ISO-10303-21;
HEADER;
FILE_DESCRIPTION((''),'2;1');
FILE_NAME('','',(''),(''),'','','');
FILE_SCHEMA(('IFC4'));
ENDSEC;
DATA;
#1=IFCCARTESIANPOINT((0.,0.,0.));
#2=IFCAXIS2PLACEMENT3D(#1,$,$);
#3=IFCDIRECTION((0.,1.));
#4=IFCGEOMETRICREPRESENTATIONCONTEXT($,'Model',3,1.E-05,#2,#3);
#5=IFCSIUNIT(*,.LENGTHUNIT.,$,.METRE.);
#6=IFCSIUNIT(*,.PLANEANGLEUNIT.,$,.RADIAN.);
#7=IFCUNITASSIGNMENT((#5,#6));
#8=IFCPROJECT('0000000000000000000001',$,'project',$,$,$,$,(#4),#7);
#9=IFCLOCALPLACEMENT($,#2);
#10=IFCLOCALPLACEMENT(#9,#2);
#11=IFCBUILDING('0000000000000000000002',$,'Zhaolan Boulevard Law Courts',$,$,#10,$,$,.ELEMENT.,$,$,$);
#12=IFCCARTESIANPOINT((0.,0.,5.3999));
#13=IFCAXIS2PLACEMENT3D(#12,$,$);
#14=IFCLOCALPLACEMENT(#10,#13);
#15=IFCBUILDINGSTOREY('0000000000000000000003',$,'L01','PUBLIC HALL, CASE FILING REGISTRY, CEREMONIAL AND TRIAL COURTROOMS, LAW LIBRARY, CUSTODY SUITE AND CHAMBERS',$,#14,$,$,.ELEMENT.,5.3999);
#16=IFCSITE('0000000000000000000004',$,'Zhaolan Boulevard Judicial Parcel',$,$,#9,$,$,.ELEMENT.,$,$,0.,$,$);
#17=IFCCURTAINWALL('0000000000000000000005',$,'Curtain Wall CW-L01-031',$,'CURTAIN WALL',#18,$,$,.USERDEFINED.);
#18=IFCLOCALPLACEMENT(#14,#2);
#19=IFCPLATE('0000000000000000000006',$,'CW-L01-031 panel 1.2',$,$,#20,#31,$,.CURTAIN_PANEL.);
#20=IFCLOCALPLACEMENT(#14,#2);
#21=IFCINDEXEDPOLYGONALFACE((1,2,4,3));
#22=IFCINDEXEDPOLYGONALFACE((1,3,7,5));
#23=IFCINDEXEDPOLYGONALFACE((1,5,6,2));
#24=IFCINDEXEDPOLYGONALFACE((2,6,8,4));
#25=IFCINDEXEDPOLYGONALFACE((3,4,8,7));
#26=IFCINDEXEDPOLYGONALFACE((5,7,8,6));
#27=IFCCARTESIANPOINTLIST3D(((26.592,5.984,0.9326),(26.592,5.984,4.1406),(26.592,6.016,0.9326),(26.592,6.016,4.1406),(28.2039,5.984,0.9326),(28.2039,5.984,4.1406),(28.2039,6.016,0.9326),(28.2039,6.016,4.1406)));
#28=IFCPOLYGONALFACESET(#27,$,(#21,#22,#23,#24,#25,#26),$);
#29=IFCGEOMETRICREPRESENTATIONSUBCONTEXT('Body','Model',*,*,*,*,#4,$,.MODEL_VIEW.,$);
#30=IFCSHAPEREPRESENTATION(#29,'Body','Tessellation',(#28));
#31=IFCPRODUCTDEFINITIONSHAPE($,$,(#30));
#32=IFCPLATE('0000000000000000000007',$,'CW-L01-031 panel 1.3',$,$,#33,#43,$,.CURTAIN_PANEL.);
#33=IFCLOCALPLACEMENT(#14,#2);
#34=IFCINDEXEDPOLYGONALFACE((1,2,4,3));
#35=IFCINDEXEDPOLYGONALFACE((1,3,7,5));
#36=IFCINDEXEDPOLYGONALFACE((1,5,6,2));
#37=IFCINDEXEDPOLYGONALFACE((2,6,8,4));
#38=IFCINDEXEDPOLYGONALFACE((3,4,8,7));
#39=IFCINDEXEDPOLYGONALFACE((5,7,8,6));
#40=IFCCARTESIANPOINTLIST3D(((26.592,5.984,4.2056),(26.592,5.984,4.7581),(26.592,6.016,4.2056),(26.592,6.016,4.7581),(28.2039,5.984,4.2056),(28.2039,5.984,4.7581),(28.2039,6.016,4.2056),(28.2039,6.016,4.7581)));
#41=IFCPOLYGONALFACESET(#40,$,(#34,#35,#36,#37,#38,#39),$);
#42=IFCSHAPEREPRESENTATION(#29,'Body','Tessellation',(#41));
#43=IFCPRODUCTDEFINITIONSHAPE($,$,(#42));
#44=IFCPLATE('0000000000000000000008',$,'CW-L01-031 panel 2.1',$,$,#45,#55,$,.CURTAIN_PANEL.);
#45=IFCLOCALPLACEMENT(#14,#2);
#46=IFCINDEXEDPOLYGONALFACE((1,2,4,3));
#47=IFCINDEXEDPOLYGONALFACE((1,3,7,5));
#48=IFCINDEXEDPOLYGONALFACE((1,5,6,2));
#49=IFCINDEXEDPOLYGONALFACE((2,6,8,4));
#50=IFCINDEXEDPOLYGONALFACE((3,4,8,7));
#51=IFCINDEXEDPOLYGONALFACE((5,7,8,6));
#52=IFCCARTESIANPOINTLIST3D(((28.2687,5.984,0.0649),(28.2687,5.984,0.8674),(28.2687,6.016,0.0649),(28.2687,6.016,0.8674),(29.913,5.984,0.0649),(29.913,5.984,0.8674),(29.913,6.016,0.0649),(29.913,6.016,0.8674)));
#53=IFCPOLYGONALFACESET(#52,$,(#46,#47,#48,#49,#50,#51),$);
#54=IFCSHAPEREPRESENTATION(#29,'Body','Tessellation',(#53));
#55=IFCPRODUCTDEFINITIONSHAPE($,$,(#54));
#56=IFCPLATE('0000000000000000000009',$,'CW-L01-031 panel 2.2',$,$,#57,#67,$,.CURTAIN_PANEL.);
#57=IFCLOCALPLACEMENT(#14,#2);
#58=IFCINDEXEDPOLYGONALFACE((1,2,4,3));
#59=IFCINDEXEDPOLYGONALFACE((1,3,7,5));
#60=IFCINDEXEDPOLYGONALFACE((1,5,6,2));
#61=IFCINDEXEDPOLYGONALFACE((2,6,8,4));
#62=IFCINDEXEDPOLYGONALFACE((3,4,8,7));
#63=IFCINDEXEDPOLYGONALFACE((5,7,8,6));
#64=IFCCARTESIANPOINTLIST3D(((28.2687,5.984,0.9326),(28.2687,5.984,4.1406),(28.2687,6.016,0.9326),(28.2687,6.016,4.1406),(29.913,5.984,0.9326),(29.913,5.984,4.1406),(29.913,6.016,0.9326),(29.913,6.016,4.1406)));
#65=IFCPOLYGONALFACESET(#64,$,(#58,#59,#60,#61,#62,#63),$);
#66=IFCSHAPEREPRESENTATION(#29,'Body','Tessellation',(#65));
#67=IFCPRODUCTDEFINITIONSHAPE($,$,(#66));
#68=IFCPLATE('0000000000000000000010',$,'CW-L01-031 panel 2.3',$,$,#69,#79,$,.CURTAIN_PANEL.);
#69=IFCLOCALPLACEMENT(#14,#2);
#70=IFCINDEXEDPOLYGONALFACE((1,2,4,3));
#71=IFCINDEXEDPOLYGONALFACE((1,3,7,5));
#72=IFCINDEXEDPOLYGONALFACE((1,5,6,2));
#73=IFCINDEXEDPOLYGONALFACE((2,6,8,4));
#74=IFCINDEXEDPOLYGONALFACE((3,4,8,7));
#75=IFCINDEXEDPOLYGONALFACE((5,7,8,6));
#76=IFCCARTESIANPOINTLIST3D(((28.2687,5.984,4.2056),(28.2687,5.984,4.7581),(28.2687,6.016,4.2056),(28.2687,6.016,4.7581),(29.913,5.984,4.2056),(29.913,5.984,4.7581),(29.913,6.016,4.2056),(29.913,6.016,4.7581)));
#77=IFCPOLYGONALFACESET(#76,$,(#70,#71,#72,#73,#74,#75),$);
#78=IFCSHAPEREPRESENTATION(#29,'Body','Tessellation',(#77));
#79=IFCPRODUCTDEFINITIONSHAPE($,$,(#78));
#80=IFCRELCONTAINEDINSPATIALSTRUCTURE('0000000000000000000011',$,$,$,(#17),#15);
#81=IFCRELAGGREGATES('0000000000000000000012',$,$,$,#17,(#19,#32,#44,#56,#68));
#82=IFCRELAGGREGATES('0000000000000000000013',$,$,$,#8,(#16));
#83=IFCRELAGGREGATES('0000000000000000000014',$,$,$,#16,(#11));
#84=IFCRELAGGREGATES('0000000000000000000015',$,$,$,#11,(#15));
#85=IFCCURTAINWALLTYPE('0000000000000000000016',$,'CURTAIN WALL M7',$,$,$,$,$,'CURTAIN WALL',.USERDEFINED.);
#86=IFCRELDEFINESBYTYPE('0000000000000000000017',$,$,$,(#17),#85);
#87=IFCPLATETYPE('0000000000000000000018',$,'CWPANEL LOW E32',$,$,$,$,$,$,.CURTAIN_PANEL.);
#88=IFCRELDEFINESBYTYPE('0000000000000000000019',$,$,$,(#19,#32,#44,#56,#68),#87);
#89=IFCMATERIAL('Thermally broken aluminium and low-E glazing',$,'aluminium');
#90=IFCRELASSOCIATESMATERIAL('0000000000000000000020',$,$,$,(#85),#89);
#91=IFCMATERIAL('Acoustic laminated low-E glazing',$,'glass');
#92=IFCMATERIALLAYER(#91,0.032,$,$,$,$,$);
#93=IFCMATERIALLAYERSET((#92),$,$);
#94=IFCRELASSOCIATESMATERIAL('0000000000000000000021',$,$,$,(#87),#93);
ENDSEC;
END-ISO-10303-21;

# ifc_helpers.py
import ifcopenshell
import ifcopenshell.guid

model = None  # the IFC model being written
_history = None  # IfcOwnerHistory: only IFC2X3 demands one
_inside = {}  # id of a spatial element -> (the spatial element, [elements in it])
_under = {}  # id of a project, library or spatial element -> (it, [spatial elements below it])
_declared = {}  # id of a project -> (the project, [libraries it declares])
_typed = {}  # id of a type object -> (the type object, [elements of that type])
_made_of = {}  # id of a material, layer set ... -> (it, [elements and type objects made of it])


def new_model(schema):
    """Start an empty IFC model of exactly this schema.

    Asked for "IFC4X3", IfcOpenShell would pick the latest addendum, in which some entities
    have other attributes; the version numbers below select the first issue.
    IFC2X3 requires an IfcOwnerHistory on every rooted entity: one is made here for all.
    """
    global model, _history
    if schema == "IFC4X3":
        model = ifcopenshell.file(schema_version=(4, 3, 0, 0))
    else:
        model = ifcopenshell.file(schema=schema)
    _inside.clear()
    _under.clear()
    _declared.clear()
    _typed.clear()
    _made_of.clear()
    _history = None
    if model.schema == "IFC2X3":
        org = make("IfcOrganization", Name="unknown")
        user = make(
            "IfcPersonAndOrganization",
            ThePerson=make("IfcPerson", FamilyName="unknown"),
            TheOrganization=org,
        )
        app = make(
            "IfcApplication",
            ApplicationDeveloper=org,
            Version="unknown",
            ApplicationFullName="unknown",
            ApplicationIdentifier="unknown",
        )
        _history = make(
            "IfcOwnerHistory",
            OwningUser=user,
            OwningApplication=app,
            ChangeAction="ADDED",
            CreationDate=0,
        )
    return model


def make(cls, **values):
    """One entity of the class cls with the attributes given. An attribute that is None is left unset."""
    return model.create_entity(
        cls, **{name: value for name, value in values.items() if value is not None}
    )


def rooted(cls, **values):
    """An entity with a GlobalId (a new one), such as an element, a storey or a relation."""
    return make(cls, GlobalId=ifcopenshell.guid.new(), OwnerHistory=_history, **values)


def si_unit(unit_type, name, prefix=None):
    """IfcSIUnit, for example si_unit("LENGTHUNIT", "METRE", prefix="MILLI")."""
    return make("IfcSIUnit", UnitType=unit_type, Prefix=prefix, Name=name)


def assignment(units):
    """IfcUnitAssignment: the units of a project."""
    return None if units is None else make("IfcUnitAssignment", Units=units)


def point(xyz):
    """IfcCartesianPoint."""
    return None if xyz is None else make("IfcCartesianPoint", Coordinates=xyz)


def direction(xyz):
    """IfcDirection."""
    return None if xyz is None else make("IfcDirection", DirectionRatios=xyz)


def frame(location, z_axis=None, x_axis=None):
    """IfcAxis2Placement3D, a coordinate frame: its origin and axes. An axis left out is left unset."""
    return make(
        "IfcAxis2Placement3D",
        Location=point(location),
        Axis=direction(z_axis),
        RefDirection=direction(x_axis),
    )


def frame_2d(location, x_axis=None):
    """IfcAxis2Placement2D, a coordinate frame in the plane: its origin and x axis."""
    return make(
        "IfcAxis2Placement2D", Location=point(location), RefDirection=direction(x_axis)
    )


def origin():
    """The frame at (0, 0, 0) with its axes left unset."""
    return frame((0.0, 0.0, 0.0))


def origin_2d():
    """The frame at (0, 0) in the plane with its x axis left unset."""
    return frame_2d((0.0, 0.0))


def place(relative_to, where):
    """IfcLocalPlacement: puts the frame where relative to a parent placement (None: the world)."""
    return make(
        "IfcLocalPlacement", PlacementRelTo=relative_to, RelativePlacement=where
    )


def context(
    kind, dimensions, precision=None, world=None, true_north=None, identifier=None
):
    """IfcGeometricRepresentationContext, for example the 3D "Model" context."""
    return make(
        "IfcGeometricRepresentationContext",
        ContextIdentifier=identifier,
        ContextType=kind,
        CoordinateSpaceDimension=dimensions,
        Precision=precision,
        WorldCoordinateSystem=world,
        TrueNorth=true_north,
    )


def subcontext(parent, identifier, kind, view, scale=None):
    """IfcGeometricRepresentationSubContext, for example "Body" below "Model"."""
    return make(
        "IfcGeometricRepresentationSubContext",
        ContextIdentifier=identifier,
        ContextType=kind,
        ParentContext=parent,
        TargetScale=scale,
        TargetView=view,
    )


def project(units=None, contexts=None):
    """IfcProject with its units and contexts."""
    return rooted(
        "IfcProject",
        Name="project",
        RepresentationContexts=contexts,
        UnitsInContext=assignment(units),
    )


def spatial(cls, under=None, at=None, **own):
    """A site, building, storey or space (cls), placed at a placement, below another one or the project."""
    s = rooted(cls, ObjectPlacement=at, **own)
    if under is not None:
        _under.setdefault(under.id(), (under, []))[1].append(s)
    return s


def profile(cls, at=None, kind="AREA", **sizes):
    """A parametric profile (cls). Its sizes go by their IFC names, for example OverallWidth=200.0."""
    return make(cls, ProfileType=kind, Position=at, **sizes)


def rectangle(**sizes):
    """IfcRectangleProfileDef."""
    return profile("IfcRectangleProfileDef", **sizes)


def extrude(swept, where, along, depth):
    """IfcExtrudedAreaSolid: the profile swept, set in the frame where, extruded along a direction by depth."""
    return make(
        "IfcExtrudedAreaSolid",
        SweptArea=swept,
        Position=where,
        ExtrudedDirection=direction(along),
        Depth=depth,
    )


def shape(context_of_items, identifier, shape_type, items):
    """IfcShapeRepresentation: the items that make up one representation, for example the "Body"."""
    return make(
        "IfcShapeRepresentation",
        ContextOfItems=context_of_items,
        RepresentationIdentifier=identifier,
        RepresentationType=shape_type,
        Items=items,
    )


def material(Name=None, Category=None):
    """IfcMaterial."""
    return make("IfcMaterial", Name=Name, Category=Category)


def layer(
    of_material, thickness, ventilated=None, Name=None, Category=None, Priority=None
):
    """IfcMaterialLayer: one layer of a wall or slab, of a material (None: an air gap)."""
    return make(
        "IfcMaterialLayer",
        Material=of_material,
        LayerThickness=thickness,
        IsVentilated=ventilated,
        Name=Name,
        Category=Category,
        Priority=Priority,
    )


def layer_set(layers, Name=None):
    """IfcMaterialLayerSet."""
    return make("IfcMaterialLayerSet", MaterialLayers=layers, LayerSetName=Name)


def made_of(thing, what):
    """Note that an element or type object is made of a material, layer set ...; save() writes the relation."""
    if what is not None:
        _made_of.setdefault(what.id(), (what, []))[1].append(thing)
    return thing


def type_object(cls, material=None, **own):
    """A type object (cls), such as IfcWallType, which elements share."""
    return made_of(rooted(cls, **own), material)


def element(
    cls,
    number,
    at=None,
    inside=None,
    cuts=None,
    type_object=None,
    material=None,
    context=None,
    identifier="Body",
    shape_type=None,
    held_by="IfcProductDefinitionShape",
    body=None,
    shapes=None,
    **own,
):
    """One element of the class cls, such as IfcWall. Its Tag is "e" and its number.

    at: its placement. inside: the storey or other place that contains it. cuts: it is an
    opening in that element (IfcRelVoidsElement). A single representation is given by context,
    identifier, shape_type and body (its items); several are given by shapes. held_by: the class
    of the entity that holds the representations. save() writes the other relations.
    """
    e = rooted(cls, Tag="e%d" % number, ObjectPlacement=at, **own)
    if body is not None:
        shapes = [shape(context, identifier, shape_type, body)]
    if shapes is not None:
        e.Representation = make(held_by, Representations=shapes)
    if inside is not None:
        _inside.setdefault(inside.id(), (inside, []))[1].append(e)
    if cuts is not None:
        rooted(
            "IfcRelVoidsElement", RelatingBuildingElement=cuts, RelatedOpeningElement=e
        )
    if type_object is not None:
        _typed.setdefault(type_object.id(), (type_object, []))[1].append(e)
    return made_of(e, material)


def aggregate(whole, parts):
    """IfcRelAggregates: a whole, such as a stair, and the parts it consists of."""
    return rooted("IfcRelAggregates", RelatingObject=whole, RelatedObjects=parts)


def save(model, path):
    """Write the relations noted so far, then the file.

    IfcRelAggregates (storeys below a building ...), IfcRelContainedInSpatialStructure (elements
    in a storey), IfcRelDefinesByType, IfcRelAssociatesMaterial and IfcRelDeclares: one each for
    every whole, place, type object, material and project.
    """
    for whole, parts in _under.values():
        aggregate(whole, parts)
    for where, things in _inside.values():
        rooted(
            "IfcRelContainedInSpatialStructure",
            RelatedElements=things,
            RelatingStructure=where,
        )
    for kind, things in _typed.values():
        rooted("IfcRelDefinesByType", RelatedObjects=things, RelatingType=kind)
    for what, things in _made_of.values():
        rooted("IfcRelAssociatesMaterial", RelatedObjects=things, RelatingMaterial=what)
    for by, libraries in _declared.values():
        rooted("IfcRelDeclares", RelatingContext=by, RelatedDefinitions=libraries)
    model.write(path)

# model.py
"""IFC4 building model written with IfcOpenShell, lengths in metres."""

from ifc_helpers import new_model, si_unit, direction, frame, origin, origin_2d, place, context, subcontext, project, spatial, rectangle, extrude, material, layer, layer_set, type_object, element, aggregate, save


model = new_model("IFC4")

# Units and contexts
model_context = context("Model", 3, precision=1e-05, world=origin(), true_north=direction((0.0, 1.0)))
body_context = subcontext(model_context, "Body", "Model", "MODEL_VIEW")
ifc_project = project(units=[si_unit("LENGTHUNIT", "METRE"), si_unit("PLANEANGLEUNIT", "RADIAN")], contexts=[model_context])

# Site, building, storey
site_placement = place(None, origin())
site = spatial("IfcSite", under=ifc_project, at=site_placement, Name="Zhaolan Boulevard Judicial Parcel", CompositionType="ELEMENT", RefElevation=0.0)
building_placement = place(site_placement, origin())
building = spatial("IfcBuilding", under=site, at=building_placement, Name="Zhaolan Boulevard Law Courts", CompositionType="ELEMENT")
storey_placement = place(building_placement, frame((0.0, 0.0, 5.3999)))
storey = spatial("IfcBuildingStorey", under=building, at=storey_placement, Name="L01", Description="PUBLIC HALL, CASE FILING REGISTRY, CEREMONIAL AND TRIAL COURTROOMS, LAW LIBRARY, CUSTODY SUITE AND CHAMBERS", CompositionType="ELEMENT", Elevation=5.3999)

# Curtain wall, plates
ifc_material_1 = material(Name="Thermally broken aluminium and low-E glazing", Category="aluminium")
curtain_wall_type = type_object("IfcCurtainWallType", Name="CURTAIN WALL M7", ElementType="CURTAIN WALL", PredefinedType="USERDEFINED", material=ifc_material_1)
curtain_wall_placement = place(storey_placement, origin())
curtain_wall = element("IfcCurtainWall", 1, at=curtain_wall_placement, inside=storey, type_object=curtain_wall_type, Name="Curtain Wall CW-L01-031", ObjectType="CURTAIN WALL", PredefinedType="USERDEFINED")
ifc_material_2 = material(Name="Acoustic laminated low-E glazing", Category="glass")
ifc_layer = layer(ifc_material_2, 0.032)
ifc_layer_set = layer_set([ifc_layer])
plate_type = type_object("IfcPlateType", Name="CWPANEL LOW E32", PredefinedType="CURTAIN_PANEL", material=ifc_layer_set)
plate_1_placement = place(storey_placement, frame((27.3979, 6.0, 0.9326), z_axis=(0.0, 0.0, 1.0), x_axis=(1.0, 0.0, 0.0)))
plate_1 = element("IfcPlate", 2, at=plate_1_placement, type_object=plate_type, Name="CW-L01-031 panel 1.2", PredefinedType="CURTAIN_PANEL", context=body_context, shape_type="SweptSolid", body=[
    extrude(rectangle(XDim=1.6118, YDim=0.032, at=origin_2d()), origin(), (0.0, 0.0, 1.0), 3.208),
])
plate_2_placement = place(storey_placement, frame((27.3979, 6.0, 4.2056), z_axis=(0.0, 0.0, 1.0), x_axis=(1.0, 0.0, 0.0)))
plate_2 = element("IfcPlate", 3, at=plate_2_placement, type_object=plate_type, Name="CW-L01-031 panel 1.3", PredefinedType="CURTAIN_PANEL", context=body_context, shape_type="SweptSolid", body=[
    extrude(rectangle(XDim=1.6118, YDim=0.032, at=origin_2d()), origin(), (0.0, 0.0, 1.0), 0.5525),
])
plate_3_placement = place(storey_placement, frame((29.0908, 6.0, 0.0649), z_axis=(0.0, 0.0, 1.0), x_axis=(1.0, 0.0, 0.0)))
plate_3 = element("IfcPlate", 4, at=plate_3_placement, type_object=plate_type, Name="CW-L01-031 panel 2.1", PredefinedType="CURTAIN_PANEL", context=body_context, shape_type="SweptSolid", body=[
    extrude(rectangle(XDim=1.6443, YDim=0.032, at=origin_2d()), origin(), (0.0, 0.0, 1.0), 0.8025),
])
plate_4_placement = place(storey_placement, frame((29.0908, 6.0, 0.9326), z_axis=(0.0, 0.0, 1.0), x_axis=(1.0, 0.0, 0.0)))
plate_4 = element("IfcPlate", 5, at=plate_4_placement, type_object=plate_type, Name="CW-L01-031 panel 2.2", PredefinedType="CURTAIN_PANEL", context=body_context, shape_type="SweptSolid", body=[
    extrude(rectangle(XDim=1.6443, YDim=0.032, at=origin_2d()), origin(), (0.0, 0.0, 1.0), 3.208),
])
plate_5_placement = place(storey_placement, frame((29.0908, 6.0, 4.2056), z_axis=(0.0, 0.0, 1.0), x_axis=(1.0, 0.0, 0.0)))
plate_5 = element("IfcPlate", 6, at=plate_5_placement, type_object=plate_type, Name="CW-L01-031 panel 2.3", PredefinedType="CURTAIN_PANEL", context=body_context, shape_type="SweptSolid", body=[
    extrude(rectangle(XDim=1.6443, YDim=0.032, at=origin_2d()), origin(), (0.0, 0.0, 1.0), 0.5525),
])
aggregate(curtain_wall, [plate_1, plate_2, plate_3, plate_4, plate_5])

save(model, "model.ifc")
